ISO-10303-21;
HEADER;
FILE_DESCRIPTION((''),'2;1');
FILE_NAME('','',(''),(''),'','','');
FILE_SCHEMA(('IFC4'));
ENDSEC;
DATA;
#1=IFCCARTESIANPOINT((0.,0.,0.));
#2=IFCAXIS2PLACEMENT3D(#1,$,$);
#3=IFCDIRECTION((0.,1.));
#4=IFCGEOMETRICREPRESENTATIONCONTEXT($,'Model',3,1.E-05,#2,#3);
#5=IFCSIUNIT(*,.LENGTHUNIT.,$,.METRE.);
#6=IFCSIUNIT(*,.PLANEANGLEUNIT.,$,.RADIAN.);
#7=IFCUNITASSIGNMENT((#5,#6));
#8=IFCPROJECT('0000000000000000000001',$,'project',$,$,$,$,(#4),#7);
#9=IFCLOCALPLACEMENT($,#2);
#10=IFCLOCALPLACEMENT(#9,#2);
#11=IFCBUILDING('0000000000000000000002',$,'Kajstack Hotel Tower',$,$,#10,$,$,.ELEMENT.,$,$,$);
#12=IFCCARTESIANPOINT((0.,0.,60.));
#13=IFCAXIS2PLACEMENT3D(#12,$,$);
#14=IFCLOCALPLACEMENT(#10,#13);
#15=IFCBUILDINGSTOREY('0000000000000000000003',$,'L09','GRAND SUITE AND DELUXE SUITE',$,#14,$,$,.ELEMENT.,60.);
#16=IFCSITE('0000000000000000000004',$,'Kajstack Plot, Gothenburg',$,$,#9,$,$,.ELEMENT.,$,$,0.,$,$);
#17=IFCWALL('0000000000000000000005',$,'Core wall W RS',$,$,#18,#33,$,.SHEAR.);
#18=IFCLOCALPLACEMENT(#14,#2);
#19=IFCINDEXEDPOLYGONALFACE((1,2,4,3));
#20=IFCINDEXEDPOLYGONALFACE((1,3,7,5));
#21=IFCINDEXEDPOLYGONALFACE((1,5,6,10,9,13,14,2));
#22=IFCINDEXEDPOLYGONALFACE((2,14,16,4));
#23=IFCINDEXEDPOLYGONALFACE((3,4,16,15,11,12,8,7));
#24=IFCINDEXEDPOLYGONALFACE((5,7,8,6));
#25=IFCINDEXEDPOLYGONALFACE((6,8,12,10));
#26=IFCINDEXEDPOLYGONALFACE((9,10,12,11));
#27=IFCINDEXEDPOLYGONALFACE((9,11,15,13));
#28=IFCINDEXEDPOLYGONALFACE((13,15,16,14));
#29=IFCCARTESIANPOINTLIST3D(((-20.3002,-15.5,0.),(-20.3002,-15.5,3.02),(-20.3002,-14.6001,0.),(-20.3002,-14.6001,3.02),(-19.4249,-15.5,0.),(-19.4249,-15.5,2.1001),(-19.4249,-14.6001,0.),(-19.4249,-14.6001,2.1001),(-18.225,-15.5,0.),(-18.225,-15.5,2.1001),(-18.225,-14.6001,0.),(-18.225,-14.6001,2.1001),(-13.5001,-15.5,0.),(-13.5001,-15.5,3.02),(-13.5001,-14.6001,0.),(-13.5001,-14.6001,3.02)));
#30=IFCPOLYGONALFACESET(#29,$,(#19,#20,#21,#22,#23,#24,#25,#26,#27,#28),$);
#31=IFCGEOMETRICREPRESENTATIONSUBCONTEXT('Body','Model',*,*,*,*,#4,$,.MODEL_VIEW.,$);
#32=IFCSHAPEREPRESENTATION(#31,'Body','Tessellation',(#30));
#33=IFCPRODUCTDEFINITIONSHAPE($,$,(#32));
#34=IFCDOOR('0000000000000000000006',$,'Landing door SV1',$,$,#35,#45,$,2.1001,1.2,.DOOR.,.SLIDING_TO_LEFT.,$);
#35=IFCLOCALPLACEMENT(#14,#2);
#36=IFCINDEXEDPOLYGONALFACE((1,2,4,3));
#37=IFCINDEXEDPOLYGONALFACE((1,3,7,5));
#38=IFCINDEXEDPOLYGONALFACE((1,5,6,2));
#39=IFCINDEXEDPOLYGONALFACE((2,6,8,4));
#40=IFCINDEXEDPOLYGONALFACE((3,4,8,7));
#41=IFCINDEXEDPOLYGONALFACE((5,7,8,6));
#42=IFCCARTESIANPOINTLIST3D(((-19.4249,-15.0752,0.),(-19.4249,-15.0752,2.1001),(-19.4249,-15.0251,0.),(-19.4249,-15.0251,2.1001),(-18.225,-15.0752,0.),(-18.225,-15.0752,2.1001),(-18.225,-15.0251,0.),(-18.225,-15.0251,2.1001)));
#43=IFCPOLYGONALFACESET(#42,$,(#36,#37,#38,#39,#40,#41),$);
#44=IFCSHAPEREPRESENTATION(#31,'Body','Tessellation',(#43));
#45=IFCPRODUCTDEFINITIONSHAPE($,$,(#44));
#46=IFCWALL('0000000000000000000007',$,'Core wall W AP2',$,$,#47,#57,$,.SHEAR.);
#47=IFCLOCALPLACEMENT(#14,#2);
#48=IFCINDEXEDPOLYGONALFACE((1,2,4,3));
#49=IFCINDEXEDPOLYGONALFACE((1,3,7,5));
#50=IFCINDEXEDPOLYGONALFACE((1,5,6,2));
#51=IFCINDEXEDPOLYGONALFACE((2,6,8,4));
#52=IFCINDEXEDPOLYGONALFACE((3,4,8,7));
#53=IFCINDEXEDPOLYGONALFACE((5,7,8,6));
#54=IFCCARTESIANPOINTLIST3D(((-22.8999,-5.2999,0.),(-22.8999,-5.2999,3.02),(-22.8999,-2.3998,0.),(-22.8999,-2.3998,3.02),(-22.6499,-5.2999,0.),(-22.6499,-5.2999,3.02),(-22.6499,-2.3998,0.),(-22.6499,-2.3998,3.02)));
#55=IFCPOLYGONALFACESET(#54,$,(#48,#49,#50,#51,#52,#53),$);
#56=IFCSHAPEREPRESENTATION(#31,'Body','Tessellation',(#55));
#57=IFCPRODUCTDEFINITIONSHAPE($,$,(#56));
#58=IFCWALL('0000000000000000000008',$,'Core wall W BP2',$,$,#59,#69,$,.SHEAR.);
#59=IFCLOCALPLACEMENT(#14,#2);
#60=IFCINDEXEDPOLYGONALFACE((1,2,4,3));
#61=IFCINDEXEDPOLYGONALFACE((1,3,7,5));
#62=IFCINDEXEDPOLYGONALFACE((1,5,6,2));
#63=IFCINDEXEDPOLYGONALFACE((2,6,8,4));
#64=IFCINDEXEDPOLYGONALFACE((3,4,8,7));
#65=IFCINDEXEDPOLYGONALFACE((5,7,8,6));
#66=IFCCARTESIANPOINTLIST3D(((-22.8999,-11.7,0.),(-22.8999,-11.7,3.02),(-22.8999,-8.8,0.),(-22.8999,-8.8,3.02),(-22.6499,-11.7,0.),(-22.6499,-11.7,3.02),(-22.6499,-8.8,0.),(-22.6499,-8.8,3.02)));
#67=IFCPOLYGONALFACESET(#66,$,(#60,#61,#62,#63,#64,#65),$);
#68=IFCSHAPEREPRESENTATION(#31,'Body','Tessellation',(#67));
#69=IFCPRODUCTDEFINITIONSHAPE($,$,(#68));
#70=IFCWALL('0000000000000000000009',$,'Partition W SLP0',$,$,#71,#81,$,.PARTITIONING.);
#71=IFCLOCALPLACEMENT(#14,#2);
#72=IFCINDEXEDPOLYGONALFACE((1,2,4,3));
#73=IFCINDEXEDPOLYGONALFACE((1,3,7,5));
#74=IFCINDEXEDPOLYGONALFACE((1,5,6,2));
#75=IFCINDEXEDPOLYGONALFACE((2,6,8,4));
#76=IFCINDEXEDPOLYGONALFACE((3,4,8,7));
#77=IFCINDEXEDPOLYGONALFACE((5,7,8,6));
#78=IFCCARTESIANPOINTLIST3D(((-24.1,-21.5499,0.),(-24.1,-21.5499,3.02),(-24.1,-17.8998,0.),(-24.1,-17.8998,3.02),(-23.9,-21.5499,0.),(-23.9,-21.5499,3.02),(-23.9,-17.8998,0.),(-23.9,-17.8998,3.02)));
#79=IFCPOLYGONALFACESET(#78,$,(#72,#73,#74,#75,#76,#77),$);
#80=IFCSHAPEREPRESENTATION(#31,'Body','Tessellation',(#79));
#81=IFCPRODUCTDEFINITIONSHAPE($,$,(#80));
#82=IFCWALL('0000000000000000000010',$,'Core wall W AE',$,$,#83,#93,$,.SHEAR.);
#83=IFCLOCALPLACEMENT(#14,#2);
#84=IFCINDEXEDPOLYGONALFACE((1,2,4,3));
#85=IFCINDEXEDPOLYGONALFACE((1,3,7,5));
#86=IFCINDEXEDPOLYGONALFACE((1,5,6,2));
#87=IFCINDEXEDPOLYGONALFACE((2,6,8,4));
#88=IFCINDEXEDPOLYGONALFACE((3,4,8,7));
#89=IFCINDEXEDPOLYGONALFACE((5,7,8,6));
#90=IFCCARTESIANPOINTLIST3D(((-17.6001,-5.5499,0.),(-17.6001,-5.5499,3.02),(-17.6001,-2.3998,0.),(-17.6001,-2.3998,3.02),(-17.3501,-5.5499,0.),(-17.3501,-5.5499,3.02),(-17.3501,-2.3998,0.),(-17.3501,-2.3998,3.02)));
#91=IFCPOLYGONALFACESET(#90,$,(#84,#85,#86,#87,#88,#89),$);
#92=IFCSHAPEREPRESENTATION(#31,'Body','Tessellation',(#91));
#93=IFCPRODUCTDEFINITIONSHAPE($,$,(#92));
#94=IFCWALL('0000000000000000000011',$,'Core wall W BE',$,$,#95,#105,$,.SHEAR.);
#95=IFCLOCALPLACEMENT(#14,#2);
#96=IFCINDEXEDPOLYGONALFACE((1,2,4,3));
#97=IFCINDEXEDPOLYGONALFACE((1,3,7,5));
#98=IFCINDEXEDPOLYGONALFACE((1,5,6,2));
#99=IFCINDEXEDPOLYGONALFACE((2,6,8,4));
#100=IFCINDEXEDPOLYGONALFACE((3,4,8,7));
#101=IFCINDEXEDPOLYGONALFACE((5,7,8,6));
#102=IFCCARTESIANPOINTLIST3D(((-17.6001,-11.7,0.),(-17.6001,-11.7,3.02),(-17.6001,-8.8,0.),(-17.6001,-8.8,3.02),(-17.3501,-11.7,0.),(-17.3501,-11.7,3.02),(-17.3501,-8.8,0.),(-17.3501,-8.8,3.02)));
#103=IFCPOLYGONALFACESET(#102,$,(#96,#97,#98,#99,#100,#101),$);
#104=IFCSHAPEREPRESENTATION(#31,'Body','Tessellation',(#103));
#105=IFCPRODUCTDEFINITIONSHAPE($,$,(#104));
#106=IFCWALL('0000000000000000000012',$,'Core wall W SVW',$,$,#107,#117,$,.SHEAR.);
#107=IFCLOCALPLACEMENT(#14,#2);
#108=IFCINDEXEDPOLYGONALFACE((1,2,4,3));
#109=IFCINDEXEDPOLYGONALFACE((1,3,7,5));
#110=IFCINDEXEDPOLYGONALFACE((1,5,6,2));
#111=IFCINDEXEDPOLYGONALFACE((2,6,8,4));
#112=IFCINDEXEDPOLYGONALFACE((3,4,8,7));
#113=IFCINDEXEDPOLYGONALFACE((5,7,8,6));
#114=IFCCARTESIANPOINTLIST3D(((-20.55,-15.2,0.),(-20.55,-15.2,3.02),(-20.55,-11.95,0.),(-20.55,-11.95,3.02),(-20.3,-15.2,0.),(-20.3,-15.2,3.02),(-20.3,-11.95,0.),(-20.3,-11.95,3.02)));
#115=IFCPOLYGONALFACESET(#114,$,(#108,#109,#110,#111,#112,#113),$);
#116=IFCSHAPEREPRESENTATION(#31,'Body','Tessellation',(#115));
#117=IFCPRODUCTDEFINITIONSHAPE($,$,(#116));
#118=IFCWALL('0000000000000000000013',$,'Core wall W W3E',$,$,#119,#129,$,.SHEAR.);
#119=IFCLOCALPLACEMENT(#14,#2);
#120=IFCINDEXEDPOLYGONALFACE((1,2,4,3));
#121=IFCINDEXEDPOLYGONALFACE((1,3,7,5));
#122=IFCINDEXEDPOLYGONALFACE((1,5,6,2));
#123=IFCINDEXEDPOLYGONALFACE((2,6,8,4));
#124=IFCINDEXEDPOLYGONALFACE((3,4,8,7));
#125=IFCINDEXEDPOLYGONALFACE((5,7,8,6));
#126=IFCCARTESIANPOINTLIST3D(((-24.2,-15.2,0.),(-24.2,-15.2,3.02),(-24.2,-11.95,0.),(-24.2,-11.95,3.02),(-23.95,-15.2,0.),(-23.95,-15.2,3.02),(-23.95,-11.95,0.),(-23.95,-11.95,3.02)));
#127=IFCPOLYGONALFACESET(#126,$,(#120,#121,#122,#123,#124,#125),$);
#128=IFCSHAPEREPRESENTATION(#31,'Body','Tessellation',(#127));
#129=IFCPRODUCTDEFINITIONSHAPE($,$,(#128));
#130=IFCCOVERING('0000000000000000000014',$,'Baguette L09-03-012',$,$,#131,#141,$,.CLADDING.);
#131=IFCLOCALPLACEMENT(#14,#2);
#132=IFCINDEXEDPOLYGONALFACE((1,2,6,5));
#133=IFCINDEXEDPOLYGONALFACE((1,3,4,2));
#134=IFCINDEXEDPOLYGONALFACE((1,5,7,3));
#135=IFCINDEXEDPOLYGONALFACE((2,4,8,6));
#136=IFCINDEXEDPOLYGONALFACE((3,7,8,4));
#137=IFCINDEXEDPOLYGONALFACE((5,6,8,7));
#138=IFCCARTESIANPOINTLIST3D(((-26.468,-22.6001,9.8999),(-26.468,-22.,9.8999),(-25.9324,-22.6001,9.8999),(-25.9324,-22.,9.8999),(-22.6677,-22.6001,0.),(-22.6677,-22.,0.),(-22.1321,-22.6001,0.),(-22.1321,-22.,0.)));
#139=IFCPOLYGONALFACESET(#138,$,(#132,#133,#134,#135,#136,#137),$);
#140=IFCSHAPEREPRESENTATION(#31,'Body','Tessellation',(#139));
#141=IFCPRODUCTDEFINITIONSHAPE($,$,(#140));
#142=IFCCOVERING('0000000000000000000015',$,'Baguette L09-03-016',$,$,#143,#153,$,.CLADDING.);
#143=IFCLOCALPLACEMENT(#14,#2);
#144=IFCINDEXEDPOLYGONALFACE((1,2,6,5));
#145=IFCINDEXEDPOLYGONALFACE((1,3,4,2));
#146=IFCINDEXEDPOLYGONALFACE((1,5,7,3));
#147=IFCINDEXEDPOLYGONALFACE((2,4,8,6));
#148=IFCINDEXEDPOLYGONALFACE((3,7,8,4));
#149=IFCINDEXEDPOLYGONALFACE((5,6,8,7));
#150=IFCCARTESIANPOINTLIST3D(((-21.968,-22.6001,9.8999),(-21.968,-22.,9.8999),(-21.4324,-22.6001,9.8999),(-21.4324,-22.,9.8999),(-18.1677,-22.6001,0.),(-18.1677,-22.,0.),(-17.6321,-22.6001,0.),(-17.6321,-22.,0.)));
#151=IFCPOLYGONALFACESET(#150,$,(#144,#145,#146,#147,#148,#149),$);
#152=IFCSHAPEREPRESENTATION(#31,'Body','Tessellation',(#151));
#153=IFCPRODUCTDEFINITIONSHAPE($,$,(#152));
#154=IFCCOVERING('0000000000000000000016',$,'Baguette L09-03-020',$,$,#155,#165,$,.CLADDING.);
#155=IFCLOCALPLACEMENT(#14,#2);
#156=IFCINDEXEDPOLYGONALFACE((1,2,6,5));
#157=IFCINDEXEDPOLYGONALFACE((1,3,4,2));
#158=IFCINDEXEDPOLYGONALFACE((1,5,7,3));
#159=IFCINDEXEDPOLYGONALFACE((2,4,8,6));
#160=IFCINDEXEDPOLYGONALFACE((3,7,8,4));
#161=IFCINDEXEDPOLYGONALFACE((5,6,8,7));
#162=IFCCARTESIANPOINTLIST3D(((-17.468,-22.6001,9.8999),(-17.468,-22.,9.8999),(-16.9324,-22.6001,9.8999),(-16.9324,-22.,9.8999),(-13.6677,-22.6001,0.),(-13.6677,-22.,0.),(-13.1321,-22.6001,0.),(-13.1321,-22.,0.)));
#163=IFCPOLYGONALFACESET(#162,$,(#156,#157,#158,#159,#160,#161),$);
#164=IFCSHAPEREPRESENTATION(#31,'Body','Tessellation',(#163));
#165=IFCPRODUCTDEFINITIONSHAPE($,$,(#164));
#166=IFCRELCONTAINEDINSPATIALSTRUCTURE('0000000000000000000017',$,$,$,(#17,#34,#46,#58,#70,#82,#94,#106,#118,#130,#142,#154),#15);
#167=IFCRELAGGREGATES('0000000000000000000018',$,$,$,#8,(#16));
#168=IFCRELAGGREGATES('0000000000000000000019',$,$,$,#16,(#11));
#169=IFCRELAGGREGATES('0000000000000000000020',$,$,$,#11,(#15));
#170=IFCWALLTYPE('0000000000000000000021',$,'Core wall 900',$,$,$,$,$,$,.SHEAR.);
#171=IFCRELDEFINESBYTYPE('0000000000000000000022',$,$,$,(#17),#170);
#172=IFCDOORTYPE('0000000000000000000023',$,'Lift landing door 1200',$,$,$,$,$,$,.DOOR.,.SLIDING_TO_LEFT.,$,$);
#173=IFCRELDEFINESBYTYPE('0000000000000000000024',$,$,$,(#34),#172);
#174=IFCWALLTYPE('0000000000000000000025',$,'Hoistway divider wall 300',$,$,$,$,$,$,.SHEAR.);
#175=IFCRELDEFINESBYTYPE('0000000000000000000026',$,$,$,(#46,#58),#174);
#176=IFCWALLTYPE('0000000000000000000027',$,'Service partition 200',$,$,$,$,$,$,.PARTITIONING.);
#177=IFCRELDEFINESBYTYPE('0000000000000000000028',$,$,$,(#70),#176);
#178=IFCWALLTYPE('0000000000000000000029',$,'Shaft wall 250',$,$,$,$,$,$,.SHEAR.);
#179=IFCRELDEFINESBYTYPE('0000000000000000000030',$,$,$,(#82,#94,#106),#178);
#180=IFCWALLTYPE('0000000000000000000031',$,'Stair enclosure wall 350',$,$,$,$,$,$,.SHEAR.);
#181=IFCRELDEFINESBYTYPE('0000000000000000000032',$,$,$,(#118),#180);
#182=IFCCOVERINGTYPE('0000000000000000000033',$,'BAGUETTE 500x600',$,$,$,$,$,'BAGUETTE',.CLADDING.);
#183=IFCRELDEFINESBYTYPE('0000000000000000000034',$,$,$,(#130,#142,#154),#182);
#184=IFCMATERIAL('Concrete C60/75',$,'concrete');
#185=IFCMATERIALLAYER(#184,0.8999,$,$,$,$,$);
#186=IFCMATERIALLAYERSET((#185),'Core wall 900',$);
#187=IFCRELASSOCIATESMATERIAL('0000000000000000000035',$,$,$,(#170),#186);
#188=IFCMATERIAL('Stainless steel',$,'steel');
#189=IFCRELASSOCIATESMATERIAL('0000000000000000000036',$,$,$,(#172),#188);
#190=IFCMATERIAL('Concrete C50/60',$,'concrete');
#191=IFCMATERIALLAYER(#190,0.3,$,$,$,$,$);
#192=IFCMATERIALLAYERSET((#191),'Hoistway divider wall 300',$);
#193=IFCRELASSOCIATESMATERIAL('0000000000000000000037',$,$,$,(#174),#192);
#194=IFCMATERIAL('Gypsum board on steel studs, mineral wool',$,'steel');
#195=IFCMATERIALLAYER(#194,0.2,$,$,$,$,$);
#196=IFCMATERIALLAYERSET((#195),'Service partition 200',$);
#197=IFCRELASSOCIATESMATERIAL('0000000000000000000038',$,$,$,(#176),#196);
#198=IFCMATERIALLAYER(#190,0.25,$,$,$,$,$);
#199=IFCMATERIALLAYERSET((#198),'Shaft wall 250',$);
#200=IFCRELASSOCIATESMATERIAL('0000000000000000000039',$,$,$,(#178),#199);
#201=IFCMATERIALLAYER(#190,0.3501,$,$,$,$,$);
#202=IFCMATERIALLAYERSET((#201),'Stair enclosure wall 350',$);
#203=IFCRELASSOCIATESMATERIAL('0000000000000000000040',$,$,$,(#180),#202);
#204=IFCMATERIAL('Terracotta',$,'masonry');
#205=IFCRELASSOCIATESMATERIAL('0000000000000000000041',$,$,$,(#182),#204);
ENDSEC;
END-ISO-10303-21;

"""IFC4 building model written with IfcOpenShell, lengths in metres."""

from ifc_helpers import new_model, si_unit, direction, frame, frame_2d, origin, origin_2d, place, context, subcontext, project, spatial, polyline, rectangle, outline, extrude, material, layer, layer_set, material_profile, profile_set, type_object, element, fill, save


model = new_model("IFC4")

# Units and contexts
model_context = context("Model", 3, precision=1e-05, world=origin(), true_north=direction((0.0, 1.0)))
body_context = subcontext(model_context, "Body", "Model", "MODEL_VIEW")
ifc_project = project(units=[si_unit("LENGTHUNIT", "METRE"), si_unit("PLANEANGLEUNIT", "RADIAN")], contexts=[model_context])

# Site, building, storey
site_placement = place(None, origin())
site = spatial("IfcSite", under=ifc_project, at=site_placement, Name="Kajstack Plot, Gothenburg", CompositionType="ELEMENT", RefElevation=0.0)
building_placement = place(site_placement, origin())
building = spatial("IfcBuilding", under=site, at=building_placement, Name="Kajstack Hotel Tower", CompositionType="ELEMENT")
storey_placement = place(building_placement, frame((0.0, 0.0, 60.0)))
storey = spatial("IfcBuildingStorey", under=building, at=storey_placement, Name="L09", Description="GRAND SUITE AND DELUXE SUITE", CompositionType="ELEMENT", Elevation=60.0)

# Wall, opening, door
ifc_material_1 = material(Name="Concrete C60/75", Category="concrete")
ifc_layer_1 = layer(ifc_material_1, 0.8999)
ifc_layer_set_1 = layer_set([ifc_layer_1], Name="Core wall 900")
wall_type_1 = type_object("IfcWallType", Name="Core wall 900", PredefinedType="SHEAR", material=ifc_layer_set_1)
wall_1_placement = place(storey_placement, frame((-20.3, -15.05, 0.0), z_axis=(0.0, 0.0, 1.0), x_axis=(1.0, 0.0, 0.0)))
wall_1 = element("IfcWall", 1, at=wall_1_placement, inside=storey, type_object=wall_type_1, Name="Core wall W RS", PredefinedType="SHEAR", context=body_context, shape_type="SweptSolid", body=[
    extrude(rectangle(XDim=6.8, YDim=0.8999, at=frame_2d((3.3999, 0.0))), origin(), (0.0, 0.0, 1.0), 3.02),
])
opening_placement = place(wall_1_placement, frame((0.875, 0.0, 0.0)))
opening = element("IfcOpeningElement", 2, at=opening_placement, cuts=wall_1, PredefinedType="OPENING", context=body_context, shape_type="SweptSolid", body=[
    extrude(rectangle(XDim=1.2, YDim=2.1001, at=frame_2d((0.6001, 1.05))), frame((0.0, 0.46, 0.0), z_axis=(0.0, -1.0, 0.0), x_axis=(1.0, 0.0, 0.0)), (0.0, 0.0, 1.0), 0.9199),
])
ifc_material_2 = material(Name="Stainless steel", Category="steel")
door_type = type_object("IfcDoorType", Name="Lift landing door 1200", OperationType="SLIDING_TO_LEFT", PredefinedType="DOOR", material=ifc_material_2)
door_placement = place(opening_placement, origin())
door = element("IfcDoor", 3, at=door_placement, inside=storey, type_object=door_type, Name="Landing door SV1", OperationType="SLIDING_TO_LEFT", OverallHeight=2.1001, OverallWidth=1.2, PredefinedType="DOOR", context=body_context, shape_type="SweptSolid", body=[
    extrude(rectangle(XDim=1.2, YDim=2.1001, at=frame_2d((0.6001, 1.05))), frame((0.0, 0.0249, 0.0), z_axis=(0.0, -1.0, 0.0), x_axis=(1.0, 0.0, 0.0)), (0.0, 0.0, 1.0), 0.05),
])
fill(opening, door)

# Walls
ifc_material_3 = material(Name="Concrete C50/60", Category="concrete")
ifc_layer_2 = layer(ifc_material_3, 0.3)
ifc_layer_set_2 = layer_set([ifc_layer_2], Name="Hoistway divider wall 300")
wall_type_2 = type_object("IfcWallType", Name="Hoistway divider wall 300", PredefinedType="SHEAR", material=ifc_layer_set_2)
wall_2_placement = place(storey_placement, frame((-22.7749, -5.3, 0.0), z_axis=(0.0, 0.0, 1.0), x_axis=(0.0, 1.0, 0.0)))
element("IfcWall", 4, at=wall_2_placement, inside=storey, type_object=wall_type_2, Name="Core wall W AP2", PredefinedType="SHEAR", context=body_context, shape_type="SweptSolid", body=[
    extrude(rectangle(XDim=2.9001, YDim=0.25, at=frame_2d((1.4502, 0.0))), origin(), (0.0, 0.0, 1.0), 3.02),
])
wall_3_placement = place(storey_placement, frame((-22.7749, -11.7, 0.0), z_axis=(0.0, 0.0, 1.0), x_axis=(0.0, 1.0, 0.0)))
element("IfcWall", 5, at=wall_3_placement, inside=storey, type_object=wall_type_2, Name="Core wall W BP2", PredefinedType="SHEAR", context=body_context, shape_type="SweptSolid", body=[
    extrude(rectangle(XDim=2.8999, YDim=0.25, at=frame_2d((1.45, 0.0))), origin(), (0.0, 0.0, 1.0), 3.02),
])
ifc_material_4 = material(Name="Gypsum board on steel studs, mineral wool", Category="steel")
ifc_layer_3 = layer(ifc_material_4, 0.2)
ifc_layer_set_3 = layer_set([ifc_layer_3], Name="Service partition 200")
wall_type_3 = type_object("IfcWallType", Name="Service partition 200", PredefinedType="PARTITIONING", material=ifc_layer_set_3)
wall_4_placement = place(storey_placement, frame((-24.0, -21.55, 0.0), z_axis=(0.0, 0.0, 1.0), x_axis=(0.0, 1.0, 0.0)))
element("IfcWall", 6, at=wall_4_placement, inside=storey, type_object=wall_type_3, Name="Partition W SLP0", PredefinedType="PARTITIONING", context=body_context, shape_type="SweptSolid", body=[
    extrude(rectangle(XDim=3.6501, YDim=0.2, at=frame_2d((1.8252, 0.0))), origin(), (0.0, 0.0, 1.0), 3.02),
])
ifc_layer_4 = layer(ifc_material_3, 0.25)
ifc_layer_set_4 = layer_set([ifc_layer_4], Name="Shaft wall 250")
wall_type_4 = type_object("IfcWallType", Name="Shaft wall 250", PredefinedType="SHEAR", material=ifc_layer_set_4)
wall_5_placement = place(storey_placement, frame((-17.4751, -5.55, 0.0), z_axis=(0.0, 0.0, 1.0), x_axis=(0.0, 1.0, 0.0)))
element("IfcWall", 7, at=wall_5_placement, inside=storey, type_object=wall_type_4, Name="Core wall W AE", PredefinedType="SHEAR", context=body_context, shape_type="SweptSolid", body=[
    extrude(rectangle(XDim=3.1501, YDim=0.25, at=frame_2d((1.5752, 0.0))), origin(), (0.0, 0.0, 1.0), 3.02),
])
wall_6_placement = place(storey_placement, frame((-17.4751, -11.7, 0.0), z_axis=(0.0, 0.0, 1.0), x_axis=(0.0, 1.0, 0.0)))
element("IfcWall", 8, at=wall_6_placement, inside=storey, type_object=wall_type_4, Name="Core wall W BE", PredefinedType="SHEAR", context=body_context, shape_type="SweptSolid", body=[
    extrude(rectangle(XDim=2.8999, YDim=0.25, at=frame_2d((1.45, 0.0))), origin(), (0.0, 0.0, 1.0), 3.02),
])
wall_7_placement = place(storey_placement, frame((-20.425, -15.2, 0.0), z_axis=(0.0, 0.0, 1.0), x_axis=(0.0, 1.0, 0.0)))
element("IfcWall", 9, at=wall_7_placement, inside=storey, type_object=wall_type_4, Name="Core wall W SVW", PredefinedType="SHEAR", context=body_context, shape_type="SweptSolid", body=[
    extrude(rectangle(XDim=3.25, YDim=0.25, at=frame_2d((1.625, 0.0))), origin(), (0.0, 0.0, 1.0), 3.02),
])
ifc_layer_5 = layer(ifc_material_3, 0.3501)
ifc_layer_set_5 = layer_set([ifc_layer_5], Name="Stair enclosure wall 350")
wall_type_5 = type_object("IfcWallType", Name="Stair enclosure wall 350", PredefinedType="SHEAR", material=ifc_layer_set_5)
wall_8_placement = place(storey_placement, frame((-24.075, -15.2, 0.0), z_axis=(0.0, 0.0, 1.0), x_axis=(0.0, 1.0, 0.0)))
element("IfcWall", 10, at=wall_8_placement, inside=storey, type_object=wall_type_5, Name="Core wall W W3E", PredefinedType="SHEAR", context=body_context, shape_type="SweptSolid", body=[
    extrude(rectangle(XDim=3.25, YDim=0.25, at=frame_2d((1.625, 0.0))), origin(), (0.0, 0.0, 1.0), 3.02),
])

# Coverings
ifc_material_5 = material(Name="Terracotta", Category="masonry")
ifc_material_profile = material_profile(ifc_material_5, rectangle(XDim=0.6001, YDim=0.5, at=origin_2d()), Name="Terracotta-clad concrete baguette 500 x 600")
ifc_profile_set = profile_set([ifc_material_profile], Name="Terracotta")
covering_type = type_object("IfcCoveringType", Name="BAGUETTE 500x600", ElementType="BAGUETTE", PredefinedType="CLADDING", material=ifc_profile_set)
for number, where, z_axis, x_axis, name in (
    (11, (-26.468, -22.0, 0.0), (0.0, -1.0, 0.0), (1.0, 0.0, 0.0), "Baguette L09-03-012"),
    (12, (-21.968, -22.0, 0.0), (0.0, -1.0, 0.0), (1.0, 0.0, 0.0), "Baguette L09-03-016"),
    (13, (-17.468, -22.0, 0.0), (0.0, -1.0, 0.0), (1.0, 0.0, 0.0), "Baguette L09-03-020"),
):
    element("IfcCovering", number, at=place(storey_placement, frame(where, z_axis=z_axis, x_axis=x_axis)), inside=storey, type_object=covering_type, Name=name, PredefinedType="CLADDING", context=body_context, shape_type="SweptSolid", body=[
        extrude(outline(polyline([(0.0, 9.8999), (3.8003, 0.0), (4.3359, 0.0), (0.5356, 9.8999), (0.0, 9.8999)])), origin(), (0.0, 0.0, 1.0), 0.6001),
    ])

save(model, "model.ifc")
